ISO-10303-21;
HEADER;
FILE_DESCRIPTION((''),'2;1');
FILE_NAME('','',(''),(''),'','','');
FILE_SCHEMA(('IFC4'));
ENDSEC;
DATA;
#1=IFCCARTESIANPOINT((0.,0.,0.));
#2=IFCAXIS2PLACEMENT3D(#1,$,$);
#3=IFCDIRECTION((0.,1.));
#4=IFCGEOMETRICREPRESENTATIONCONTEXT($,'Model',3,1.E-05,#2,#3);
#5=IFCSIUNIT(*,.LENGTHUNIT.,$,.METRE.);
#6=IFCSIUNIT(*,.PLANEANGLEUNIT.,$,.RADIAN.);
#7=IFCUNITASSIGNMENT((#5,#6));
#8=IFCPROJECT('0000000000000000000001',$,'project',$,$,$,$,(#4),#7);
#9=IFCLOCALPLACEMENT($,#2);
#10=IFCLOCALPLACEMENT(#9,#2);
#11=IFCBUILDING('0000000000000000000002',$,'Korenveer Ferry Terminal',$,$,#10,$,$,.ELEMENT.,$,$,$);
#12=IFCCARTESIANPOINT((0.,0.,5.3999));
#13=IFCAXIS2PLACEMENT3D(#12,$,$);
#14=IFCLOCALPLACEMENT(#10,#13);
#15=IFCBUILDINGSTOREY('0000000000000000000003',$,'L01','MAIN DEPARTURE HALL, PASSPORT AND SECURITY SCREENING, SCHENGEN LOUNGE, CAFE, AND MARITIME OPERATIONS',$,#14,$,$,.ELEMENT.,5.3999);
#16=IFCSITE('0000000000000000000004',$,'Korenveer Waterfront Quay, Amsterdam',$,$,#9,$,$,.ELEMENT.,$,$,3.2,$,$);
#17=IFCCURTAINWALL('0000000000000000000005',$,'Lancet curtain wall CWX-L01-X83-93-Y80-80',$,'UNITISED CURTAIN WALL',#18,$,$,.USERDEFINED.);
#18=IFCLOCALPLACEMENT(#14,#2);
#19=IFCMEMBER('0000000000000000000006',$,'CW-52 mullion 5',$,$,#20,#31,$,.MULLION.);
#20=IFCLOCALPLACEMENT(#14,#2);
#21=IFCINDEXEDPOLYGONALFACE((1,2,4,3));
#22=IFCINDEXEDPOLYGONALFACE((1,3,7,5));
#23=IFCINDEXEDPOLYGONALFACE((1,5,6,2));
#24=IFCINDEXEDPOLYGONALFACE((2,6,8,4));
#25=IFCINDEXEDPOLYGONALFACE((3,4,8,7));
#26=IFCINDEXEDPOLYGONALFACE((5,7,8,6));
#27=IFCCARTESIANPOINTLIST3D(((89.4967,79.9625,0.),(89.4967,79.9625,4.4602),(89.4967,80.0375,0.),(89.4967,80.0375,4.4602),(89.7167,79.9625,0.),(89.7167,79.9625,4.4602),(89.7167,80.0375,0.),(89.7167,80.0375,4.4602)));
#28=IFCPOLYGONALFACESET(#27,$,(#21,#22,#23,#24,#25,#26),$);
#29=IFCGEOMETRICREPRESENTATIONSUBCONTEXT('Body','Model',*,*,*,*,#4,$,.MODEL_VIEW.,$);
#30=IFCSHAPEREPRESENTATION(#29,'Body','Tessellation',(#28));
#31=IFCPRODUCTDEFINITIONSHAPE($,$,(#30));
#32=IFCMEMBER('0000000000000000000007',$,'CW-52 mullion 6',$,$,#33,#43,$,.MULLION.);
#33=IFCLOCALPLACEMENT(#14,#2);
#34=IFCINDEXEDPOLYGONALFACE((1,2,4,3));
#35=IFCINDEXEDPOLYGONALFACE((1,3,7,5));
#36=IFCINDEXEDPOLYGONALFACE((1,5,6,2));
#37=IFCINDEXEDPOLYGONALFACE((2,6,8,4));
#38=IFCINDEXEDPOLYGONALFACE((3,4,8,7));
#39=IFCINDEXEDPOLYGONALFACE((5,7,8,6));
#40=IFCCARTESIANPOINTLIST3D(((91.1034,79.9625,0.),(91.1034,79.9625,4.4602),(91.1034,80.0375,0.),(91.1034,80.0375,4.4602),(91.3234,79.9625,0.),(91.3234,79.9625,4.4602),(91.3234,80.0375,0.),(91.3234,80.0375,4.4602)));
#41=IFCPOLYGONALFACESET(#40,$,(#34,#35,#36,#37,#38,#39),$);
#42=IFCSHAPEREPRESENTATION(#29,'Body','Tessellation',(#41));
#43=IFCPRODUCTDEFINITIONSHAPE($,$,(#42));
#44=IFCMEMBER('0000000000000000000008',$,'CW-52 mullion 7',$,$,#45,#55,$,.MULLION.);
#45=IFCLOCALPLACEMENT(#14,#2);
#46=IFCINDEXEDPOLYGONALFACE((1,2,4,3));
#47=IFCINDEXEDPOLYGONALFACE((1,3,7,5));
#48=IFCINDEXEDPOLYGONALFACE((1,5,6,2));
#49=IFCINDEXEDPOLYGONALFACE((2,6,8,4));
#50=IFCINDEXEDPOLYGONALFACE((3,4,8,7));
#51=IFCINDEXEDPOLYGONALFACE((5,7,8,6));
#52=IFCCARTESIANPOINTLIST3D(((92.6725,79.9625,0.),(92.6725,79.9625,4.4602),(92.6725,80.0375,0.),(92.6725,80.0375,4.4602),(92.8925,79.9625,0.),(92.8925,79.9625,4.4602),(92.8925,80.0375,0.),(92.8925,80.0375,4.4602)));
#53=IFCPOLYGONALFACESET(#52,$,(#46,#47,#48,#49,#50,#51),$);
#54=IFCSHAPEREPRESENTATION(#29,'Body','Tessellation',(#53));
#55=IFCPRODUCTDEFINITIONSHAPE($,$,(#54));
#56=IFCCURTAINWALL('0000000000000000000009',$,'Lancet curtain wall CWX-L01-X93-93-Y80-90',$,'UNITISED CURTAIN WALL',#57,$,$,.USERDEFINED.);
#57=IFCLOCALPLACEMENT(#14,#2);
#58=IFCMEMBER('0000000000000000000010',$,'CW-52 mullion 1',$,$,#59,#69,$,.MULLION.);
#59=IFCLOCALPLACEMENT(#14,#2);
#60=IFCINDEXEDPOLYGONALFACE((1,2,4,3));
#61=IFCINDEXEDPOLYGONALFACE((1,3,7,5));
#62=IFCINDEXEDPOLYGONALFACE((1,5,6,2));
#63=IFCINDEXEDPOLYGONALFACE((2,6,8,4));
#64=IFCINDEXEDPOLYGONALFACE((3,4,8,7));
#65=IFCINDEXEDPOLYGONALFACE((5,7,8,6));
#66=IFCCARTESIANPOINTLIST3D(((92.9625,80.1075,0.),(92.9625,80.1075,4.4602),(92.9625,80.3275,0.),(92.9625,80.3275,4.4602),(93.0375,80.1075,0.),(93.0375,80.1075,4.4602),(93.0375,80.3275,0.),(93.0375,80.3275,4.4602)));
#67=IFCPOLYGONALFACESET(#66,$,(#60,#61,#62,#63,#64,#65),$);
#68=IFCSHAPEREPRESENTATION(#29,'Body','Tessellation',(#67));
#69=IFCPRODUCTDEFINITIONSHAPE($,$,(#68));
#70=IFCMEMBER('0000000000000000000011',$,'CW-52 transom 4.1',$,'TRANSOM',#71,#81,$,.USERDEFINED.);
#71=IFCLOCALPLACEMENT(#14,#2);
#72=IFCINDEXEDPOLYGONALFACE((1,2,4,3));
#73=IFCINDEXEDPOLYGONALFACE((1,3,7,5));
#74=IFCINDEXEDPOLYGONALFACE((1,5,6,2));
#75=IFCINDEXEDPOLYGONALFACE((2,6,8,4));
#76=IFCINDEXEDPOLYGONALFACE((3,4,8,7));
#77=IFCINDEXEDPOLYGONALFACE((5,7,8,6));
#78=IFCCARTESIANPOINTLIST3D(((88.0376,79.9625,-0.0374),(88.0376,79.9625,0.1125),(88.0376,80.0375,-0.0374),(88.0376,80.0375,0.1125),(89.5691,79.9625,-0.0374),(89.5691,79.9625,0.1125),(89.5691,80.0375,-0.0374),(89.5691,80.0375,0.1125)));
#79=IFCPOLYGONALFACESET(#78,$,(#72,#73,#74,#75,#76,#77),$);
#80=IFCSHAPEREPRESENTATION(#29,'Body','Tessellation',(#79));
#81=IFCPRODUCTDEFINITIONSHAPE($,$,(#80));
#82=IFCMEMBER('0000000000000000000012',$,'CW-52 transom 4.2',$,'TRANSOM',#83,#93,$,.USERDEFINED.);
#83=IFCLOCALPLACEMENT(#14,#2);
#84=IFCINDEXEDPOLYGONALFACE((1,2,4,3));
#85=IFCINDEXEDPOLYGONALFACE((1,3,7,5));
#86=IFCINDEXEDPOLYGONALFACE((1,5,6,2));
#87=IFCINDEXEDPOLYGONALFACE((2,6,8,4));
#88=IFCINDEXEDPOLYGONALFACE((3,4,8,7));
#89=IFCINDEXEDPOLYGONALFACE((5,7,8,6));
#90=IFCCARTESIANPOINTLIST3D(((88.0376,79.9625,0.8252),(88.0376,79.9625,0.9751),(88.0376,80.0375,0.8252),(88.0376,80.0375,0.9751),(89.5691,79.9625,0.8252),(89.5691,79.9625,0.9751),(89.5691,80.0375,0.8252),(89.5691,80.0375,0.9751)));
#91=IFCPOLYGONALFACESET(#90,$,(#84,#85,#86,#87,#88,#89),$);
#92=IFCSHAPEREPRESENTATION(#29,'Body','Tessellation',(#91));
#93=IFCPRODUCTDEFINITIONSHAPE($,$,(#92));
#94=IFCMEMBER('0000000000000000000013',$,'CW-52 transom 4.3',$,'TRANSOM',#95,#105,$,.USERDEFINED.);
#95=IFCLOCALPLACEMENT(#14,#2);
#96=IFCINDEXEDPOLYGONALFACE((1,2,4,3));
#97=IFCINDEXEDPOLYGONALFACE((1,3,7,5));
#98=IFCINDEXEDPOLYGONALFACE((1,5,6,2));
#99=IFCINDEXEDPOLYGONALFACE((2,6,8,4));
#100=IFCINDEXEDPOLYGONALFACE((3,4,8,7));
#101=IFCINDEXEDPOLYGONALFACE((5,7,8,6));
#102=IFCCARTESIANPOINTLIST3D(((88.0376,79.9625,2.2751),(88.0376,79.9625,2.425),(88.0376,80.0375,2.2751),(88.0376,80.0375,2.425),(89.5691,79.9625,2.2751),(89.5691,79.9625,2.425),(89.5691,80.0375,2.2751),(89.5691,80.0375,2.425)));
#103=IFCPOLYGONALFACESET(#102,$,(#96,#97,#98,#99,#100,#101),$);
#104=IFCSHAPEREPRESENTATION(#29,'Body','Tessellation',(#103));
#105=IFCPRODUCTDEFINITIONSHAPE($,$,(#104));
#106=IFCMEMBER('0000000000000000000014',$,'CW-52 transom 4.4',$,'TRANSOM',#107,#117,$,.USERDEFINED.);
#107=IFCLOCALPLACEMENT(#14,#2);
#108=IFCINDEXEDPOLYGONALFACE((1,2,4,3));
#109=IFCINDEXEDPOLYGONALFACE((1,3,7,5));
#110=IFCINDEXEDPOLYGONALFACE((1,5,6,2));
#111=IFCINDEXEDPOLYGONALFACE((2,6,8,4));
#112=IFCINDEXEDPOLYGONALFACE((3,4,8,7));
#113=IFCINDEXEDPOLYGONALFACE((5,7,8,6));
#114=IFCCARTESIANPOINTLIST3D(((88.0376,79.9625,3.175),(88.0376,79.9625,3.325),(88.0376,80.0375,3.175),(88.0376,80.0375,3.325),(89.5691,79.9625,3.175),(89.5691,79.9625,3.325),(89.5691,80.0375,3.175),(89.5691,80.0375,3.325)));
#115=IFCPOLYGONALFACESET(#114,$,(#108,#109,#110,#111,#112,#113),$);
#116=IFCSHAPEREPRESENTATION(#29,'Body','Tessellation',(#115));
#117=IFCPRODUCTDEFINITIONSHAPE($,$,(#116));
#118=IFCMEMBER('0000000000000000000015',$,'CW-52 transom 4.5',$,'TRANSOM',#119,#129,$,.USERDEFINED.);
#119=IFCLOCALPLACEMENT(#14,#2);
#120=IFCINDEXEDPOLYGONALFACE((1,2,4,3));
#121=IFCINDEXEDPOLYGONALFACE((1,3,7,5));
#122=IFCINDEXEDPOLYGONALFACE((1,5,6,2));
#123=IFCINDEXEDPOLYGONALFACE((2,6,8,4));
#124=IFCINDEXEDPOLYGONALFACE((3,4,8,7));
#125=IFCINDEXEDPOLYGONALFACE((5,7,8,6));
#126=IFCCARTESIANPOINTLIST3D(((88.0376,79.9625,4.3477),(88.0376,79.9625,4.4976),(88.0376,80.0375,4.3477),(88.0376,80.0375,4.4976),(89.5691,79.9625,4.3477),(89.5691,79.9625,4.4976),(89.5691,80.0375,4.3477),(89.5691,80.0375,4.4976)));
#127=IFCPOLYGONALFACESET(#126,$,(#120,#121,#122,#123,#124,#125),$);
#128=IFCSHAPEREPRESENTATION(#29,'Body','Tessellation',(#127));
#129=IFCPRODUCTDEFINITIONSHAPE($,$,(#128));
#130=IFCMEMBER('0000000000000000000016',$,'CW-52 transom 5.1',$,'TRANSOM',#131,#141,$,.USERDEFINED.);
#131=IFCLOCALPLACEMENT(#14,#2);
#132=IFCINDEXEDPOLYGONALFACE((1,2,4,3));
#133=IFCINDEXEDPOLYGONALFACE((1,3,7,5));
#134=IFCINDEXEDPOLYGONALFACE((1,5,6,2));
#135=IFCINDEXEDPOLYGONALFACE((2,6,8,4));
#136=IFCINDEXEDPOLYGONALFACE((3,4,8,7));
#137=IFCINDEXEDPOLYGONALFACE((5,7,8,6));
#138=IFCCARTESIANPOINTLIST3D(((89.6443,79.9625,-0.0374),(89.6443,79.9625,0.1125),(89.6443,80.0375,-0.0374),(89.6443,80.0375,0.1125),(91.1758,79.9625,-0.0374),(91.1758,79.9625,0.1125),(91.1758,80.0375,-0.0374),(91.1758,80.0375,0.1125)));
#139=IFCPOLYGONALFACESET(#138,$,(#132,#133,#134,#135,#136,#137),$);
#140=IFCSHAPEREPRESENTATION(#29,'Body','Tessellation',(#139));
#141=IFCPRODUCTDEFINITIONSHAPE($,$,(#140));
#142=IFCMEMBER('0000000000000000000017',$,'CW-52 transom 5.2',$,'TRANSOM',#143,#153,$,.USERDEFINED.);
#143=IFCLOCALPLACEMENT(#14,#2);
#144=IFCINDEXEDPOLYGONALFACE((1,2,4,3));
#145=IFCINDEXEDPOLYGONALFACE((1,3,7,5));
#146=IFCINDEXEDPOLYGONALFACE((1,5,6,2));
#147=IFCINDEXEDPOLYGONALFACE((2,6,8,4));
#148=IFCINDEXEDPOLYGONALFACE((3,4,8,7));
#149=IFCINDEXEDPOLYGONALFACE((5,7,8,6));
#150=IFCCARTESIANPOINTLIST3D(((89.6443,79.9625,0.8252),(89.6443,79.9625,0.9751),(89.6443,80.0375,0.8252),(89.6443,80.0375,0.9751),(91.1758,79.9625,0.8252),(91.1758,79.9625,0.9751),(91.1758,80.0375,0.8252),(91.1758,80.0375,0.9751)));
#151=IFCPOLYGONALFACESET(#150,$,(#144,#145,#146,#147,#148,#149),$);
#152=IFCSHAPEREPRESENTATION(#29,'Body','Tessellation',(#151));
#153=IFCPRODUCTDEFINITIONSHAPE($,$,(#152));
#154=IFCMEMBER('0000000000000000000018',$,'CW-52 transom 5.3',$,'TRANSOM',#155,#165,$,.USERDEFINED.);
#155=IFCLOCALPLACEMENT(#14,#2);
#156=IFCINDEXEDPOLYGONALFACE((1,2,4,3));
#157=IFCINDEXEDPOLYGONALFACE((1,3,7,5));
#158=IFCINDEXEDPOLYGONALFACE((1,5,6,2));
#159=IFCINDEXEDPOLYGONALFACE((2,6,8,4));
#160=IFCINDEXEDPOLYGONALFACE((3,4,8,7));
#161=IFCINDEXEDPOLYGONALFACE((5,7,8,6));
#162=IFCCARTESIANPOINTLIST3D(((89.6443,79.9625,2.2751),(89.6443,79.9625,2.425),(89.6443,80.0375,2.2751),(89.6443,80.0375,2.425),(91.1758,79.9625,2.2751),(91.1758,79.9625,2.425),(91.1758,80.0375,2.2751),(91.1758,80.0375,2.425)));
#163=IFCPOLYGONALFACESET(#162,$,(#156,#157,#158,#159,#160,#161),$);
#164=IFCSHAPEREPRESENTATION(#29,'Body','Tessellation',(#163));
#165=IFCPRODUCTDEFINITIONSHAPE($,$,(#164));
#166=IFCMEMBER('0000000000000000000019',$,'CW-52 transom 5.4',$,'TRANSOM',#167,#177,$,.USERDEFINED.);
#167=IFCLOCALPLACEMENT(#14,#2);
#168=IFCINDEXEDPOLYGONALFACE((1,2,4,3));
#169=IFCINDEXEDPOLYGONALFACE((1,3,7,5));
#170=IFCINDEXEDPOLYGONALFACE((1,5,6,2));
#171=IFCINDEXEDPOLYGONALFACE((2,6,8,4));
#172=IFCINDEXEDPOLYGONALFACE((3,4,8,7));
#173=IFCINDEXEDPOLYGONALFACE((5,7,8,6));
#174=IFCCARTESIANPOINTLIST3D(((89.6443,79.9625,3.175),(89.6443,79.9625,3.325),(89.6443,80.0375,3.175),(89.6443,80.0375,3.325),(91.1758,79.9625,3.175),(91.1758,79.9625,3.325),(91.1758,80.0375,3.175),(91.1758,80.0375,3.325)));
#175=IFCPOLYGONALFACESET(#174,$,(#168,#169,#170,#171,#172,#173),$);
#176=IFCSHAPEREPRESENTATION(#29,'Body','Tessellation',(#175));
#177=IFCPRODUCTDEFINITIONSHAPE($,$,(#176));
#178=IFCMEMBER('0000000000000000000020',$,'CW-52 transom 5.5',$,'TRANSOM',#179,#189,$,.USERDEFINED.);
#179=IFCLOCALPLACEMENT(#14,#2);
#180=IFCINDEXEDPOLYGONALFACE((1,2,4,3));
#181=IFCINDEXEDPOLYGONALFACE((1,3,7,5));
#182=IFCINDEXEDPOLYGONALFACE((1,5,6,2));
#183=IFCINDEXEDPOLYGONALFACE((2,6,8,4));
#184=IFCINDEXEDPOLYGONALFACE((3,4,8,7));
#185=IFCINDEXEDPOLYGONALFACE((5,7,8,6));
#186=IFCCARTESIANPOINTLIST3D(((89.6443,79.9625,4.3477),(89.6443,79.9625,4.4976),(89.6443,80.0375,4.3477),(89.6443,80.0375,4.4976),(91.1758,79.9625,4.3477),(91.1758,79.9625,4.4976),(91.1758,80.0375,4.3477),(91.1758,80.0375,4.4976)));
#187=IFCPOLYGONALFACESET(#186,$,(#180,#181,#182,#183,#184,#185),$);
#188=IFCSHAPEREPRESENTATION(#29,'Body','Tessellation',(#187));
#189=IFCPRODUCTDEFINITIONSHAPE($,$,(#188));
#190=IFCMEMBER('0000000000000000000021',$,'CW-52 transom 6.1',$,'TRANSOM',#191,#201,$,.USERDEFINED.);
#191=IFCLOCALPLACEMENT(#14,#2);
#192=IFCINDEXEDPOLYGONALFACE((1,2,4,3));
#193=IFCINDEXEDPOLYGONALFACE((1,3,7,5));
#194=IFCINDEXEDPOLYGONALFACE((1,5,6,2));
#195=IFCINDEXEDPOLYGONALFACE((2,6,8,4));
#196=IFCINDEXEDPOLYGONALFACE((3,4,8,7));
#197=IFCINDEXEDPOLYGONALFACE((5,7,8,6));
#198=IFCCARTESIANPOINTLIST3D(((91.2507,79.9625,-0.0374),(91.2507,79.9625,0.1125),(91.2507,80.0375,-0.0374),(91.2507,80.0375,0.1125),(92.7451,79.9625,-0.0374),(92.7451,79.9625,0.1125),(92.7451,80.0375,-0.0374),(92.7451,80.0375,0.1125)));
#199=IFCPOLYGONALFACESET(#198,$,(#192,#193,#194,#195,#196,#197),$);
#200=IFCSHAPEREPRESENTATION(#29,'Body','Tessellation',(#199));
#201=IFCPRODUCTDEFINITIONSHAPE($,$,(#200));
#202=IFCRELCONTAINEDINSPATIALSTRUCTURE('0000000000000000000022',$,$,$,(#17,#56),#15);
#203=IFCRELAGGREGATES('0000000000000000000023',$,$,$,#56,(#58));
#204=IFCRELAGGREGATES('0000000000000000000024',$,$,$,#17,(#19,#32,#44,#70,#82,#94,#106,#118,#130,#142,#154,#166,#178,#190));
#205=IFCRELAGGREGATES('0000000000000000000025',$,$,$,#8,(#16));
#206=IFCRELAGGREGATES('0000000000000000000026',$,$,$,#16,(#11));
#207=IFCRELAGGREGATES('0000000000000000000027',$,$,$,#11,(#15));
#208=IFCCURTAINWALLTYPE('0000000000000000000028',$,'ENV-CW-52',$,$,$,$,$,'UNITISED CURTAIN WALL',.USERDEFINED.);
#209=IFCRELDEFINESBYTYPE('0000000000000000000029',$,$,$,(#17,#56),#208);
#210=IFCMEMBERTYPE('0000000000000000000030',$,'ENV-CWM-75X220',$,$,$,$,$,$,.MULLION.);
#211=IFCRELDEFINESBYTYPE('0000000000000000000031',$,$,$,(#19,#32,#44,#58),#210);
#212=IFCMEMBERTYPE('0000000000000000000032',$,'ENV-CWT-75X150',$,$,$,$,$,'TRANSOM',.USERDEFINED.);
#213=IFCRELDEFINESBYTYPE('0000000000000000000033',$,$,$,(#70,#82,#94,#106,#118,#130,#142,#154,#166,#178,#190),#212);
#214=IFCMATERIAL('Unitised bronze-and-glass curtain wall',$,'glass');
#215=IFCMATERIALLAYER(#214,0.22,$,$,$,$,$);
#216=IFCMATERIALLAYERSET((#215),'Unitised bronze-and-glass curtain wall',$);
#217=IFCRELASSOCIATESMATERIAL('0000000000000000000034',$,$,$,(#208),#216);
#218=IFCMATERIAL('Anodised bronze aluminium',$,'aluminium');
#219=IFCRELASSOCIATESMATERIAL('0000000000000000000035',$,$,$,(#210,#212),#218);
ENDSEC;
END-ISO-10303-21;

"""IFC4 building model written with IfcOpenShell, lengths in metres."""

from ifc_helpers import new_model, si_unit, direction, frame, origin, origin_2d, place, context, subcontext, project, spatial, rectangle, extrude, material, layer, layer_set, material_profile, profile_set, type_object, element, aggregate, save


model = new_model("IFC4")

# Units and contexts
model_context = context("Model", 3, precision=1e-05, world=origin(), true_north=direction((0.0, 1.0)))
body_context = subcontext(model_context, "Body", "Model", "MODEL_VIEW")
ifc_project = project(units=[si_unit("LENGTHUNIT", "METRE"), si_unit("PLANEANGLEUNIT", "RADIAN")], contexts=[model_context])

# Site, building, storey
site_placement = place(None, origin())
site = spatial("IfcSite", under=ifc_project, at=site_placement, Name="Korenveer Waterfront Quay, Amsterdam", CompositionType="ELEMENT", RefElevation=3.2)
building_placement = place(site_placement, origin())
building = spatial("IfcBuilding", under=site, at=building_placement, Name="Korenveer Ferry Terminal", CompositionType="ELEMENT")
storey_placement = place(building_placement, frame((0.0, 0.0, 5.3999)))
storey = spatial("IfcBuildingStorey", under=building, at=storey_placement, Name="L01", Description="MAIN DEPARTURE HALL, PASSPORT AND SECURITY SCREENING, SCHENGEN LOUNGE, CAFE, AND MARITIME OPERATIONS", CompositionType="ELEMENT", Elevation=5.3999)

# Curtain wall, members
ifc_material_1 = material(Name="Unitised bronze-and-glass curtain wall", Category="glass")
ifc_layer_1 = layer(ifc_material_1, 0.22)
ifc_layer_set_1 = layer_set([ifc_layer_1], Name="Unitised bronze-and-glass curtain wall")
curtain_wall_type = type_object("IfcCurtainWallType", Name="ENV-CW-52", ElementType="UNITISED CURTAIN WALL", PredefinedType="USERDEFINED", material=ifc_layer_set_1)
curtain_wall_1_placement = place(storey_placement, frame((83.1799, 80.0, 0.0)))
curtain_wall_1 = element("IfcCurtainWall", 1, at=curtain_wall_1_placement, inside=storey, type_object=curtain_wall_type, Name="Lancet curtain wall CWX-L01-X83-93-Y80-80", ObjectType="UNITISED CURTAIN WALL", PredefinedType="USERDEFINED")
ifc_material_2 = material(Name="Anodised bronze aluminium", Category="aluminium")
ifc_material_profile_1 = material_profile(ifc_material_2, rectangle(XDim=0.075, YDim=0.22, at=origin_2d()), Name="ALU 75x220")
ifc_profile_set_1 = profile_set([ifc_material_profile_1], Name="Anodised bronze aluminium")
member_type_1 = type_object("IfcMemberType", Name="ENV-CWM-75X220", PredefinedType="MULLION", material=ifc_profile_set_1)
member_1_placement = place(storey_placement, frame((89.6067, 80.0, 0.0), z_axis=(0.0, 0.0, 1.0), x_axis=(0.0, 1.0, 0.0)))
member_1 = element("IfcMember", 2, at=member_1_placement, type_object=member_type_1, Name="CW-52 mullion 5", PredefinedType="MULLION", context=body_context, shape_type="SweptSolid", body=[
    extrude(rectangle(XDim=0.075, YDim=0.22, at=origin_2d()), origin(), (0.0, 0.0, 1.0), 4.4602),
])
member_2_placement = place(storey_placement, frame((91.2134, 80.0, 0.0), z_axis=(0.0, 0.0, 1.0), x_axis=(0.0, 1.0, 0.0)))
member_2 = element("IfcMember", 3, at=member_2_placement, type_object=member_type_1, Name="CW-52 mullion 6", PredefinedType="MULLION", context=body_context, shape_type="SweptSolid", body=[
    extrude(rectangle(XDim=0.075, YDim=0.22, at=origin_2d()), origin(), (0.0, 0.0, 1.0), 4.4602),
])
member_3_placement = place(storey_placement, frame((92.7825, 80.0, 0.0), z_axis=(0.0, 0.0, 1.0), x_axis=(0.0, 1.0, 0.0)))
member_3 = element("IfcMember", 4, at=member_3_placement, type_object=member_type_1, Name="CW-52 mullion 7", PredefinedType="MULLION", context=body_context, shape_type="SweptSolid", body=[
    extrude(rectangle(XDim=0.075, YDim=0.22, at=origin_2d()), origin(), (0.0, 0.0, 1.0), 4.4602),
])

# Curtain wall, member
curtain_wall_2_placement = place(storey_placement, frame((93.0, 80.1799, 0.0)))
curtain_wall_2 = element("IfcCurtainWall", 5, at=curtain_wall_2_placement, inside=storey, type_object=curtain_wall_type, Name="Lancet curtain wall CWX-L01-X93-93-Y80-90", ObjectType="UNITISED CURTAIN WALL", PredefinedType="USERDEFINED")
member_4_placement = place(storey_placement, frame((93.0, 80.2175, 0.0), z_axis=(0.0, 0.0, 1.0), x_axis=(-1.0, 0.0, 0.0)))
member_4 = element("IfcMember", 6, at=member_4_placement, type_object=member_type_1, Name="CW-52 mullion 1", PredefinedType="MULLION", context=body_context, shape_type="SweptSolid", body=[
    extrude(rectangle(XDim=0.075, YDim=0.22, at=origin_2d()), origin(), (0.0, 0.0, 1.0), 4.4602),
])

# Members
ifc_material_profile_2 = material_profile(ifc_material_2, rectangle(XDim=0.075, YDim=0.1499, at=origin_2d()), Name="ALU 75x150")
ifc_profile_set_2 = profile_set([ifc_material_profile_2], Name="Anodised bronze aluminium")
member_type_2 = type_object("IfcMemberType", Name="ENV-CWT-75X150", ElementType="TRANSOM", PredefinedType="USERDEFINED", material=ifc_profile_set_2)
member_5_placement = place(storey_placement, frame((88.0376, 80.0, 0.0376), z_axis=(1.0, 0.0, 0.0), x_axis=(0.0, 1.0, 0.0)))
member_5 = element("IfcMember", 7, at=member_5_placement, type_object=member_type_2, Name="CW-52 transom 4.1", ObjectType="TRANSOM", PredefinedType="USERDEFINED", context=body_context, shape_type="SweptSolid", body=[
    extrude(rectangle(XDim=0.075, YDim=0.1499, at=origin_2d()), origin(), (0.0, 0.0, 1.0), 1.5315),
])
member_6_placement = place(storey_placement, frame((88.0376, 80.0, 0.9001), z_axis=(1.0, 0.0, 0.0), x_axis=(0.0, 1.0, 0.0)))
member_6 = element("IfcMember", 8, at=member_6_placement, type_object=member_type_2, Name="CW-52 transom 4.2", ObjectType="TRANSOM", PredefinedType="USERDEFINED", context=body_context, shape_type="SweptSolid", body=[
    extrude(rectangle(XDim=0.075, YDim=0.1499, at=origin_2d()), origin(), (0.0, 0.0, 1.0), 1.5315),
])
member_7_placement = place(storey_placement, frame((88.0376, 80.0, 2.3501), z_axis=(1.0, 0.0, 0.0), x_axis=(0.0, 1.0, 0.0)))
member_7 = element("IfcMember", 9, at=member_7_placement, type_object=member_type_2, Name="CW-52 transom 4.3", ObjectType="TRANSOM", PredefinedType="USERDEFINED", context=body_context, shape_type="SweptSolid", body=[
    extrude(rectangle(XDim=0.075, YDim=0.1499, at=origin_2d()), origin(), (0.0, 0.0, 1.0), 1.5315),
])
member_8_placement = place(storey_placement, frame((88.0376, 80.0, 3.25), z_axis=(1.0, 0.0, 0.0), x_axis=(0.0, 1.0, 0.0)))
member_8 = element("IfcMember", 10, at=member_8_placement, type_object=member_type_2, Name="CW-52 transom 4.4", ObjectType="TRANSOM", PredefinedType="USERDEFINED", context=body_context, shape_type="SweptSolid", body=[
    extrude(rectangle(XDim=0.075, YDim=0.1499, at=origin_2d()), origin(), (0.0, 0.0, 1.0), 1.5315),
])
member_9_placement = place(storey_placement, frame((88.0376, 80.0, 4.4226), z_axis=(1.0, 0.0, 0.0), x_axis=(0.0, 1.0, 0.0)))
member_9 = element("IfcMember", 11, at=member_9_placement, type_object=member_type_2, Name="CW-52 transom 4.5", ObjectType="TRANSOM", PredefinedType="USERDEFINED", context=body_context, shape_type="SweptSolid", body=[
    extrude(rectangle(XDim=0.075, YDim=0.1499, at=origin_2d()), origin(), (0.0, 0.0, 1.0), 1.5315),
])
member_10_placement = place(storey_placement, frame((89.6443, 80.0, 0.0376), z_axis=(1.0, 0.0, 0.0), x_axis=(0.0, 1.0, 0.0)))
member_10 = element("IfcMember", 12, at=member_10_placement, type_object=member_type_2, Name="CW-52 transom 5.1", ObjectType="TRANSOM", PredefinedType="USERDEFINED", context=body_context, shape_type="SweptSolid", body=[
    extrude(rectangle(XDim=0.075, YDim=0.1499, at=origin_2d()), origin(), (0.0, 0.0, 1.0), 1.5315),
])
member_11_placement = place(storey_placement, frame((89.6443, 80.0, 0.9001), z_axis=(1.0, 0.0, 0.0), x_axis=(0.0, 1.0, 0.0)))
member_11 = element("IfcMember", 13, at=member_11_placement, type_object=member_type_2, Name="CW-52 transom 5.2", ObjectType="TRANSOM", PredefinedType="USERDEFINED", context=body_context, shape_type="SweptSolid", body=[
    extrude(rectangle(XDim=0.075, YDim=0.1499, at=origin_2d()), origin(), (0.0, 0.0, 1.0), 1.5315),
])
member_12_placement = place(storey_placement, frame((89.6443, 80.0, 2.3501), z_axis=(1.0, 0.0, 0.0), x_axis=(0.0, 1.0, 0.0)))
member_12 = element("IfcMember", 14, at=member_12_placement, type_object=member_type_2, Name="CW-52 transom 5.3", ObjectType="TRANSOM", PredefinedType="USERDEFINED", context=body_context, shape_type="SweptSolid", body=[
    extrude(rectangle(XDim=0.075, YDim=0.1499, at=origin_2d()), origin(), (0.0, 0.0, 1.0), 1.5315),
])
member_13_placement = place(storey_placement, frame((89.6443, 80.0, 3.25), z_axis=(1.0, 0.0, 0.0), x_axis=(0.0, 1.0, 0.0)))
member_13 = element("IfcMember", 15, at=member_13_placement, type_object=member_type_2, Name="CW-52 transom 5.4", ObjectType="TRANSOM", PredefinedType="USERDEFINED", context=body_context, shape_type="SweptSolid", body=[
    extrude(rectangle(XDim=0.075, YDim=0.1499, at=origin_2d()), origin(), (0.0, 0.0, 1.0), 1.5315),
])
member_14_placement = place(storey_placement, frame((89.6443, 80.0, 4.4226), z_axis=(1.0, 0.0, 0.0), x_axis=(0.0, 1.0, 0.0)))
member_14 = element("IfcMember", 16, at=member_14_placement, type_object=member_type_2, Name="CW-52 transom 5.5", ObjectType="TRANSOM", PredefinedType="USERDEFINED", context=body_context, shape_type="SweptSolid", body=[
    extrude(rectangle(XDim=0.075, YDim=0.1499, at=origin_2d()), origin(), (0.0, 0.0, 1.0), 1.5315),
])
member_15_placement = place(storey_placement, frame((91.2507, 80.0, 0.0376), z_axis=(1.0, 0.0, 0.0), x_axis=(0.0, 1.0, 0.0)))
member_15 = element("IfcMember", 17, at=member_15_placement, type_object=member_type_2, Name="CW-52 transom 6.1", ObjectType="TRANSOM", PredefinedType="USERDEFINED", context=body_context, shape_type="SweptSolid", body=[
    extrude(rectangle(XDim=0.075, YDim=0.1499, at=origin_2d()), origin(), (0.0, 0.0, 1.0), 1.4944),
])
aggregate(curtain_wall_2, [member_4])

aggregate(curtain_wall_1, [member_1, member_2, member_3, member_5, member_6, member_7, member_8, member_9, member_10, member_11, member_12, member_13, member_14, member_15])

save(model, "model.ifc")
